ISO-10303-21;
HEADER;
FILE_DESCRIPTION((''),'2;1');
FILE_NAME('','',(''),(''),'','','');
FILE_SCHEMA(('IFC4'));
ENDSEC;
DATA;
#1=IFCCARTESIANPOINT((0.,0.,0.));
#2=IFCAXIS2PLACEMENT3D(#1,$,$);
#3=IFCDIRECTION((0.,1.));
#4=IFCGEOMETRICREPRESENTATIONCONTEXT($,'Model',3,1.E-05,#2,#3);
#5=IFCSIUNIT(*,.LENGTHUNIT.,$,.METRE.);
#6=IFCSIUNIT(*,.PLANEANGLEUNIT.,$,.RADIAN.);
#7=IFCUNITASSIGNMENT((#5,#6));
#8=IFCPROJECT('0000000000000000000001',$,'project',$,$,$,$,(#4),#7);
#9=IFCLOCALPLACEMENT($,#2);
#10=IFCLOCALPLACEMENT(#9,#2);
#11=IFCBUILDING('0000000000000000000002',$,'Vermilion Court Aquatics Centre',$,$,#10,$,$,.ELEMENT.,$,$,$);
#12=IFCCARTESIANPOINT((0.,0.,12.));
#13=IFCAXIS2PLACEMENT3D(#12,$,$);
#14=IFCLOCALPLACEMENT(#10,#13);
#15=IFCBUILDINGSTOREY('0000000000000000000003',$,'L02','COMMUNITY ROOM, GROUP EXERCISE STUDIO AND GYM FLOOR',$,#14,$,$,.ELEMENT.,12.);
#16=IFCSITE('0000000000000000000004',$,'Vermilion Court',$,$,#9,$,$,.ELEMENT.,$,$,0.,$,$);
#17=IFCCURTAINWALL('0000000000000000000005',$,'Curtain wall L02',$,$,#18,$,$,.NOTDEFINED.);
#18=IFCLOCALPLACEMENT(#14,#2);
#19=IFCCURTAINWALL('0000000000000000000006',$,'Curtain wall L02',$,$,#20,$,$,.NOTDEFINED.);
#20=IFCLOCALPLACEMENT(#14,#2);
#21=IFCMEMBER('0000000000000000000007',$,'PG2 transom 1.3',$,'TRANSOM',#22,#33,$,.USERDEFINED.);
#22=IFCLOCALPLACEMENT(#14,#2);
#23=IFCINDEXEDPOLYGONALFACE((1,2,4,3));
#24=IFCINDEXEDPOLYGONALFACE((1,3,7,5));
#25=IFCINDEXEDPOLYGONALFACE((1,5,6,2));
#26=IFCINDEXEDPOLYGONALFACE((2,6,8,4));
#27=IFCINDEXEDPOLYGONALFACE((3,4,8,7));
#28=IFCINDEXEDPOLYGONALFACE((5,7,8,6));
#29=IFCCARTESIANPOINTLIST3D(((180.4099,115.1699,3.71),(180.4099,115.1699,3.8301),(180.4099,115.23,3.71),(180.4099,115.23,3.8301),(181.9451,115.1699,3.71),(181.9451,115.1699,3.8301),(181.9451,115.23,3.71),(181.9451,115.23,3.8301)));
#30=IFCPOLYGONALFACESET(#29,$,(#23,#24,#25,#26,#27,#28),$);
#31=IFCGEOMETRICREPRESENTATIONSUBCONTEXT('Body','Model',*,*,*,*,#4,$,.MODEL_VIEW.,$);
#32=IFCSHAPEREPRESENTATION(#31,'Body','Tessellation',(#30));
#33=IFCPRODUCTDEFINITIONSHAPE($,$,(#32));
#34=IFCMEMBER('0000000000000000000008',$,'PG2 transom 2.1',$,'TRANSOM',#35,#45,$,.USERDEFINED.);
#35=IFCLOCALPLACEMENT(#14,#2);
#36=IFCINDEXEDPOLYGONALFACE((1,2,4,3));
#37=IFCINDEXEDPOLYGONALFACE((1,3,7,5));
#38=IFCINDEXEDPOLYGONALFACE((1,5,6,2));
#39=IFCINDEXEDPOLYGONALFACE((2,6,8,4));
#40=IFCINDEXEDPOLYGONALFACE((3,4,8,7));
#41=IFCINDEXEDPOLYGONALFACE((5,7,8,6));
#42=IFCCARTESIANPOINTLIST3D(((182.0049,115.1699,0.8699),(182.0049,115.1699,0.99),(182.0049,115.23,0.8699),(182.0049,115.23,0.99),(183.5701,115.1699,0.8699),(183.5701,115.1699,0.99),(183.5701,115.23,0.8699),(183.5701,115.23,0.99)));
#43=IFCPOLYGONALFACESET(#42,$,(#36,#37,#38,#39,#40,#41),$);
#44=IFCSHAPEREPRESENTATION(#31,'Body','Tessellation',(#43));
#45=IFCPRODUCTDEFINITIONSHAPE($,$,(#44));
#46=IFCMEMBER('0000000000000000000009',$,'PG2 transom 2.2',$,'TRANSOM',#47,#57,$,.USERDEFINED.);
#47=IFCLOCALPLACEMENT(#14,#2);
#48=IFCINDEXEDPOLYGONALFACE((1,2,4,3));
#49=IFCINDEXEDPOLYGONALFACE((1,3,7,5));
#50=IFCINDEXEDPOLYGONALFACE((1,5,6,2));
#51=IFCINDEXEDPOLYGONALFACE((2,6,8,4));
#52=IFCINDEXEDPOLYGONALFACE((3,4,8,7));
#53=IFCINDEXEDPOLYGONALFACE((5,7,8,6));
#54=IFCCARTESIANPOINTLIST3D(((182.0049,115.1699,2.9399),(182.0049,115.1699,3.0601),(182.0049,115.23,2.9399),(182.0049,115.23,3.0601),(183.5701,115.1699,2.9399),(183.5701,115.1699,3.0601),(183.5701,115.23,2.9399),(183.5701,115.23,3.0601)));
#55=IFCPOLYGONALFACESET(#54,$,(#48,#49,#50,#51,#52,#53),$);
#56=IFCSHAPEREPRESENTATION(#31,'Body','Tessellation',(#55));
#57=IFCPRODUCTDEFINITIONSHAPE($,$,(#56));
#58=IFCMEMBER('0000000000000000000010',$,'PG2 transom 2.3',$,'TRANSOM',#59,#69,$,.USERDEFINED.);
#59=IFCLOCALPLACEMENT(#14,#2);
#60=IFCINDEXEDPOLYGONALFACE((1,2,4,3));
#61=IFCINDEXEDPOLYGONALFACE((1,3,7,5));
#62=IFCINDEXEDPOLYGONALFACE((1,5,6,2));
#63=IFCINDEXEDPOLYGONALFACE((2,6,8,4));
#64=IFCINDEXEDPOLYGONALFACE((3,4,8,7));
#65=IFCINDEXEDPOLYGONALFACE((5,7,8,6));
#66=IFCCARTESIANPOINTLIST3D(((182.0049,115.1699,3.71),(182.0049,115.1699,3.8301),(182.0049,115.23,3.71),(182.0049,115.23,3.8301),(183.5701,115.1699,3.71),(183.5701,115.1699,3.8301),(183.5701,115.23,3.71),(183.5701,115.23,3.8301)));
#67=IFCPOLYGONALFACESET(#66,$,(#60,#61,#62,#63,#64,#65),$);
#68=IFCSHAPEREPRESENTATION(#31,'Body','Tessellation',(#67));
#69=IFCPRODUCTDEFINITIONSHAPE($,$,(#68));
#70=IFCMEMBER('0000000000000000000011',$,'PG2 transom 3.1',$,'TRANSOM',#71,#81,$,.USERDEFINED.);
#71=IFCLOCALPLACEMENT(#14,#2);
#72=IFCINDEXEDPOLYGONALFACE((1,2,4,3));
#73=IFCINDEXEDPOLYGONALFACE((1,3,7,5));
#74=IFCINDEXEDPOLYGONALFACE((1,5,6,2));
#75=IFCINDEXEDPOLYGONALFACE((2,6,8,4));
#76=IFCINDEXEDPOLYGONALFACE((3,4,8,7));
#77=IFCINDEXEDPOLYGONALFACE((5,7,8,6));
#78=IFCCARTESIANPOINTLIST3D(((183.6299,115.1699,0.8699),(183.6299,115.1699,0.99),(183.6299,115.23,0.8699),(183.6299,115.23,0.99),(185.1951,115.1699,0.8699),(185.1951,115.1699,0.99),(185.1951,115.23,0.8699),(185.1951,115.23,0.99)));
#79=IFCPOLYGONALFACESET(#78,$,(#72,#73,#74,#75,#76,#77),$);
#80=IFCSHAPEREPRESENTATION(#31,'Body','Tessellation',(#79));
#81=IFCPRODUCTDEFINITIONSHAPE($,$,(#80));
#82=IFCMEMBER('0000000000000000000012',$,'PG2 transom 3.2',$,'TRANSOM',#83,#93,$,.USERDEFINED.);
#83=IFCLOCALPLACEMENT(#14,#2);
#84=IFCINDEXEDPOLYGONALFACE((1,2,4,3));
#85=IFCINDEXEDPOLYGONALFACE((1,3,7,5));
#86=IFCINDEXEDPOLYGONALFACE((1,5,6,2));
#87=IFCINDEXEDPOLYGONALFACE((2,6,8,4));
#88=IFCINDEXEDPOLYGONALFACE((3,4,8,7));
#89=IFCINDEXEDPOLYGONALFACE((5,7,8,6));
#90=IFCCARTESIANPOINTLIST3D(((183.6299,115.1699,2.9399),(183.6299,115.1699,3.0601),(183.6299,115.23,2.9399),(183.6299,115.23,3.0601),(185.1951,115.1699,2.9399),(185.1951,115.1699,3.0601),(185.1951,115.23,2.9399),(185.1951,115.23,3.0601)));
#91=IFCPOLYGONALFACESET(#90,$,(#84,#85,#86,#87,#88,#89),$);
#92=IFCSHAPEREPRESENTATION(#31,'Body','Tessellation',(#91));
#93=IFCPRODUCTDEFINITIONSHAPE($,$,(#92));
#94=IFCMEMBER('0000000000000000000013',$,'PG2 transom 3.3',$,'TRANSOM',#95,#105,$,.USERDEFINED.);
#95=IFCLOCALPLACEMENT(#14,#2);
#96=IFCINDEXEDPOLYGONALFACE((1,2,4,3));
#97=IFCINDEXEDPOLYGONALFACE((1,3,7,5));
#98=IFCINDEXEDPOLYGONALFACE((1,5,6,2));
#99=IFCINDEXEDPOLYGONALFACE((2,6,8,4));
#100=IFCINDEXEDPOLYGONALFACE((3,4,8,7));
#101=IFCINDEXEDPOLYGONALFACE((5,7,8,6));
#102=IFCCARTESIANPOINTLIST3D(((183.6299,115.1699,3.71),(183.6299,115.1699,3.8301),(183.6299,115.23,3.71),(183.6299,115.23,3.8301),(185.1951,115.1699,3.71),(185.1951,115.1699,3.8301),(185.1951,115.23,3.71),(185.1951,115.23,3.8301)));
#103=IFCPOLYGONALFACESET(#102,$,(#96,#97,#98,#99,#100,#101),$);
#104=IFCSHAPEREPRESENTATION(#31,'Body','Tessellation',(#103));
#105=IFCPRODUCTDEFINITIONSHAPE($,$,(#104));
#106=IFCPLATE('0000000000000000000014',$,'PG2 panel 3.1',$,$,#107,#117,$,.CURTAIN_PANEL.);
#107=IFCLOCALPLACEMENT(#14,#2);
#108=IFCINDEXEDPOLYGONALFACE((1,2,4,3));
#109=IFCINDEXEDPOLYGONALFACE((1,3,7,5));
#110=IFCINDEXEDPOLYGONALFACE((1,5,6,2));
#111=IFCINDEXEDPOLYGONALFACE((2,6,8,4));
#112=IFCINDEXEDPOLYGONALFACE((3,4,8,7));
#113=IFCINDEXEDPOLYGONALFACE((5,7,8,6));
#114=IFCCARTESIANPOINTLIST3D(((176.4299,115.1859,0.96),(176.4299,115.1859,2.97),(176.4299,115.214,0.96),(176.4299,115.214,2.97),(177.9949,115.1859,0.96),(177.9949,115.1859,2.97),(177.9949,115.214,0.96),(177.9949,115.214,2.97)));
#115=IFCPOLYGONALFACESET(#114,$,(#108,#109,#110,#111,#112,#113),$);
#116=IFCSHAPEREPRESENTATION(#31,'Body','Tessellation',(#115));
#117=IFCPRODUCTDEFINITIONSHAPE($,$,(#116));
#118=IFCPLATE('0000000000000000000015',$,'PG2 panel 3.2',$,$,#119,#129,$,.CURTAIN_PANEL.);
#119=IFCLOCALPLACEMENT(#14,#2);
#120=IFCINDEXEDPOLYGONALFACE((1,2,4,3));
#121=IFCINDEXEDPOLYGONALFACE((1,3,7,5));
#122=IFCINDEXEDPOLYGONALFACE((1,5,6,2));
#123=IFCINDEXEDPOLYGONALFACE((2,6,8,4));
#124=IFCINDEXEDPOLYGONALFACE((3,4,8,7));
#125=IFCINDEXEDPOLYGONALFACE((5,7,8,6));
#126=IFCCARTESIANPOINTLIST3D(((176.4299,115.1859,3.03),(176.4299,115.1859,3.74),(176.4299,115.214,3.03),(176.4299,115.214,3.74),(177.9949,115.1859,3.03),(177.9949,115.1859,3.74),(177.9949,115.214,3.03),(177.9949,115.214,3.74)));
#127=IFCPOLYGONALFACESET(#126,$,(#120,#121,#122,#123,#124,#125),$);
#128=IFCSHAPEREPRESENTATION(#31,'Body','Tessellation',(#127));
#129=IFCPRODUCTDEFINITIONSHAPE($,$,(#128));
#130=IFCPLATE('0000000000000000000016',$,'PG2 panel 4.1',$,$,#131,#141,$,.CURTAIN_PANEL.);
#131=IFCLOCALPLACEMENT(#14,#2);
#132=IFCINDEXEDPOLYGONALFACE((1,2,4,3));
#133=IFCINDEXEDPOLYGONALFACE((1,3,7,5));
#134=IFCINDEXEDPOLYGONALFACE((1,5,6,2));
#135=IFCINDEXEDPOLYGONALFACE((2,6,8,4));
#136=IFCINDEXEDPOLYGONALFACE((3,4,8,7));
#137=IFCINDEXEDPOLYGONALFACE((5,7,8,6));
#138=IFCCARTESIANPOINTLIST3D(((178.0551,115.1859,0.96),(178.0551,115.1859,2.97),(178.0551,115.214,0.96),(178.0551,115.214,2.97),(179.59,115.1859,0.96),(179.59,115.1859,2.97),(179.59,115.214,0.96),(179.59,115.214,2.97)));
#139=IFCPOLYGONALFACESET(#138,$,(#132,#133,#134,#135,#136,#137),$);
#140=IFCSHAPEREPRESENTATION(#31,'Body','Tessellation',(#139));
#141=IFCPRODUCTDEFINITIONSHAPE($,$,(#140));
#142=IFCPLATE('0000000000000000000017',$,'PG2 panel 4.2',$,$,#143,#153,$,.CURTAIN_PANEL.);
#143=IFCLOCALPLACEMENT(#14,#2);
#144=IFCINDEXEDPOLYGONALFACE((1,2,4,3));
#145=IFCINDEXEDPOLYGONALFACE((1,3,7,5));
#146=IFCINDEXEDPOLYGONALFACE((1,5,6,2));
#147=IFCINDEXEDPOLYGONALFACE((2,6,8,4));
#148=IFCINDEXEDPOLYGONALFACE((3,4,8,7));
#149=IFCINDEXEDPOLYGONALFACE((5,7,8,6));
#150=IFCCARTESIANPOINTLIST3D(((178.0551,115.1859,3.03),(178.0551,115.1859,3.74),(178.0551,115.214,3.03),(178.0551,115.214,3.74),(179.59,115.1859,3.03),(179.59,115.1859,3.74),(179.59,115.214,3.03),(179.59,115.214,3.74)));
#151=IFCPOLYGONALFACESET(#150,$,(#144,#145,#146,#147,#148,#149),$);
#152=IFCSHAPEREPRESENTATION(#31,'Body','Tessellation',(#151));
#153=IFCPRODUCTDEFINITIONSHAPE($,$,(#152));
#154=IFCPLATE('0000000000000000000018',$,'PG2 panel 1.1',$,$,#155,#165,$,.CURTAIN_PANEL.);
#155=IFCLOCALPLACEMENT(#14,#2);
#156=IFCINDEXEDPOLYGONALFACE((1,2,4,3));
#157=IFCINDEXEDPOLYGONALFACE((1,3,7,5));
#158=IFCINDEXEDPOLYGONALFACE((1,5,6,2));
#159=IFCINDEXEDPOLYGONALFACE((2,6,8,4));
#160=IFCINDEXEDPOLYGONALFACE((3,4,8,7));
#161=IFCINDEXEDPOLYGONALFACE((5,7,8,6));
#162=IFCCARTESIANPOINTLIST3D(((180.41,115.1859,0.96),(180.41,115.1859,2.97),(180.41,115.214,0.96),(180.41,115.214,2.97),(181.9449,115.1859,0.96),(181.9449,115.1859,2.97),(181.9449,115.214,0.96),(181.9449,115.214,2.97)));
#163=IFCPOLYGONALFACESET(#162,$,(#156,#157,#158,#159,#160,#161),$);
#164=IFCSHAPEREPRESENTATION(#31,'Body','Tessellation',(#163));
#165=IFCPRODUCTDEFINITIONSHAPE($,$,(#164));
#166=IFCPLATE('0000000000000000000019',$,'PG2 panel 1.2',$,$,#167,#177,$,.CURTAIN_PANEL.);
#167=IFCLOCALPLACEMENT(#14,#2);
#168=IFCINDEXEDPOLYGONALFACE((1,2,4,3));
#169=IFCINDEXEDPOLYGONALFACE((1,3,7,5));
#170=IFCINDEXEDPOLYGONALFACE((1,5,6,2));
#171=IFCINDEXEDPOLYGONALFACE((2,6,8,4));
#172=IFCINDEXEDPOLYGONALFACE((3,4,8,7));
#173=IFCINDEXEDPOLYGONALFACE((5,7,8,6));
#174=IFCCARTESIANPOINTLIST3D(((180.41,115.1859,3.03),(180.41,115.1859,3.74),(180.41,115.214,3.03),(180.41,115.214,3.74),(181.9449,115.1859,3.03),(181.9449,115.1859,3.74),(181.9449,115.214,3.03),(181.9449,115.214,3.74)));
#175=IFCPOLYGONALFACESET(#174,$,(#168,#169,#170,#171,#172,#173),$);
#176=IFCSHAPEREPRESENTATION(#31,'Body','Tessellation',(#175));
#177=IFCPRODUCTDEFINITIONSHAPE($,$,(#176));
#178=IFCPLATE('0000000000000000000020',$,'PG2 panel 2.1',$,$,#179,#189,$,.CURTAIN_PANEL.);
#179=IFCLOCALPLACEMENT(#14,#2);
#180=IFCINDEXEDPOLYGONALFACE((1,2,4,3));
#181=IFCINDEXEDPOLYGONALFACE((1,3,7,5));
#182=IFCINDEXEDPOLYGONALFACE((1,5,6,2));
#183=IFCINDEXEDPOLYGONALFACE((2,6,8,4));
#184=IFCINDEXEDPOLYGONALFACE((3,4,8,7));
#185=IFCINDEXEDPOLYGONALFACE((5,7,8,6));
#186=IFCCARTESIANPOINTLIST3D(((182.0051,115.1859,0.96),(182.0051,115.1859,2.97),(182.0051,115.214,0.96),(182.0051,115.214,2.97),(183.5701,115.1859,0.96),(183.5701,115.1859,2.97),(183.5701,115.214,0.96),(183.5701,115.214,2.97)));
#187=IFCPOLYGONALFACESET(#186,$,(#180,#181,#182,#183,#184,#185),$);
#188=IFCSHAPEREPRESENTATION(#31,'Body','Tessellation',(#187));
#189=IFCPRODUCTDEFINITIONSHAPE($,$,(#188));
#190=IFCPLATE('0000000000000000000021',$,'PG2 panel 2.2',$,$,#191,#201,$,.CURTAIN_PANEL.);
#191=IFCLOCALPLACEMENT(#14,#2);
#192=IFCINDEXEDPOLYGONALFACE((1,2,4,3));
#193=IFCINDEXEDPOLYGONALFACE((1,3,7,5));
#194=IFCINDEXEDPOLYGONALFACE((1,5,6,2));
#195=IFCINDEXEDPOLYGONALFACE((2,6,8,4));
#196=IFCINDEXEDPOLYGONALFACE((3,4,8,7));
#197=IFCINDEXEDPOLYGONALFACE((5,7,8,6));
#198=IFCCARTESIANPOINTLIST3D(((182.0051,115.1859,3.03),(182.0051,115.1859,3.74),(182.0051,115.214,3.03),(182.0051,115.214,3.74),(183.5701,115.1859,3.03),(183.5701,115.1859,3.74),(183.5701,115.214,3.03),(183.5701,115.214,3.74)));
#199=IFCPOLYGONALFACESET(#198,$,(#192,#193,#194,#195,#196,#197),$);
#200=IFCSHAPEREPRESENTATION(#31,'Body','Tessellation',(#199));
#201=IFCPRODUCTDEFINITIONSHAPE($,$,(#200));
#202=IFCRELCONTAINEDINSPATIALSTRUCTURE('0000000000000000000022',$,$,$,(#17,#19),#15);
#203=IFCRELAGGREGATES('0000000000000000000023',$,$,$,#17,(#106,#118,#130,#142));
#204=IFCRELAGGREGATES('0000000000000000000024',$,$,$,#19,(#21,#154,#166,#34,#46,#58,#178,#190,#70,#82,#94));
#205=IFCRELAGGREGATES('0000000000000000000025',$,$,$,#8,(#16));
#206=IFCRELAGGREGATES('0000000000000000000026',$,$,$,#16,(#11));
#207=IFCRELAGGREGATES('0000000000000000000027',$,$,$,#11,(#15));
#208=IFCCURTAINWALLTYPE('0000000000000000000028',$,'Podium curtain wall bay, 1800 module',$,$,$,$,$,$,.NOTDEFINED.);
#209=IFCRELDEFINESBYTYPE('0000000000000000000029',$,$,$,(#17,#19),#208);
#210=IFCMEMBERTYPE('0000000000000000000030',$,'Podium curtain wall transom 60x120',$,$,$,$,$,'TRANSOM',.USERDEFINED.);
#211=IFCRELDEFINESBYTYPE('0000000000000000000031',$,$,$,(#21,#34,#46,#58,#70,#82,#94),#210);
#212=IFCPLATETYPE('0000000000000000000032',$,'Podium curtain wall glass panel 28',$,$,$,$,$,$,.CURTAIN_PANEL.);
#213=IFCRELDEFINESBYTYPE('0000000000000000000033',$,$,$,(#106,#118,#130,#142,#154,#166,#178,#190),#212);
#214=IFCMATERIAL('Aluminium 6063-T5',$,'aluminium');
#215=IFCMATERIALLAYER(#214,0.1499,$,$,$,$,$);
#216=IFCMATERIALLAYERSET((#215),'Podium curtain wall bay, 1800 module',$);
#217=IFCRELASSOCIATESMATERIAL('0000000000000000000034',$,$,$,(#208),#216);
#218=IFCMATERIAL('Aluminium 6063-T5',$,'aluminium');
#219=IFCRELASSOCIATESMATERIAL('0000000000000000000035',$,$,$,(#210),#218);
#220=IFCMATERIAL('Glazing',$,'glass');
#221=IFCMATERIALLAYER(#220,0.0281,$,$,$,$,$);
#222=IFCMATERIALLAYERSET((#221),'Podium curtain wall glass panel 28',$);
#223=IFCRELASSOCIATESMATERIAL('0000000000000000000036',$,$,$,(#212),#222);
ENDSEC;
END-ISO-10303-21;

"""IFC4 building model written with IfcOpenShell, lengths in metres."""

from ifc_helpers import new_model, si_unit, direction, frame, origin, origin_2d, place, context, subcontext, project, spatial, rectangle, extrude, material, layer, layer_set, material_profile, profile_set, type_object, element, aggregate, save


model = new_model("IFC4")

# Units and contexts
model_context = context("Model", 3, precision=1e-05, world=origin(), true_north=direction((0.0, 1.0)))
body_context = subcontext(model_context, "Body", "Model", "MODEL_VIEW")
ifc_project = project(units=[si_unit("LENGTHUNIT", "METRE"), si_unit("PLANEANGLEUNIT", "RADIAN")], contexts=[model_context])

# Site, building, storey
site_placement = place(None, origin())
site = spatial("IfcSite", under=ifc_project, at=site_placement, Name="Vermilion Court", CompositionType="ELEMENT", RefElevation=0.0)
building_placement = place(site_placement, origin())
building = spatial("IfcBuilding", under=site, at=building_placement, Name="Vermilion Court Aquatics Centre", CompositionType="ELEMENT")
storey_placement = place(building_placement, frame((0.0, 0.0, 12.0)))
storey = spatial("IfcBuildingStorey", under=building, at=storey_placement, Name="L02", Description="COMMUNITY ROOM, GROUP EXERCISE STUDIO AND GYM FLOOR", CompositionType="ELEMENT", Elevation=12.0)

# Curtain walls
ifc_material_1 = material(Name="Aluminium 6063-T5", Category="aluminium")
ifc_layer_1 = layer(ifc_material_1, 0.1499)
ifc_layer_set_1 = layer_set([ifc_layer_1], Name="Podium curtain wall bay, 1800 module")
curtain_wall_type = type_object("IfcCurtainWallType", Name="Podium curtain wall bay, 1800 module", PredefinedType="NOTDEFINED", material=ifc_layer_set_1)
curtain_wall_1_placement = place(storey_placement, origin())
curtain_wall_1 = element("IfcCurtainWall", 1, at=curtain_wall_1_placement, inside=storey, type_object=curtain_wall_type, Name="Curtain wall L02", PredefinedType="NOTDEFINED")
curtain_wall_2_placement = place(storey_placement, origin())
curtain_wall_2 = element("IfcCurtainWall", 2, at=curtain_wall_2_placement, inside=storey, type_object=curtain_wall_type, Name="Curtain wall L02", PredefinedType="NOTDEFINED")

# Members
ifc_material_2 = material(Name="Aluminium 6063-T5", Category="aluminium")
ifc_material_profile_1 = material_profile(ifc_material_2, rectangle(XDim=0.0601, YDim=0.1201, at=origin_2d()), Name="Transom 60x120")
ifc_profile_set_1 = profile_set([ifc_material_profile_1], Name="Aluminium 6063-T5")
member_type_1 = type_object("IfcMemberType", Name="Podium curtain wall transom 60x120", ElementType="TRANSOM", PredefinedType="USERDEFINED", material=ifc_profile_set_1)
member_1_placement = place(storey_placement, frame((180.4099, 115.2, 3.77), z_axis=(1.0, 0.0, 0.0), x_axis=(0.0, 1.0, 0.0)))
member_1 = element("IfcMember", 3, at=member_1_placement, type_object=member_type_1, Name="PG2 transom 1.3", ObjectType="TRANSOM", PredefinedType="USERDEFINED", context=body_context, shape_type="SweptSolid", body=[
    extrude(rectangle(XDim=0.0601, YDim=0.1201, at=origin_2d()), origin(), (0.0, 0.0, 1.0), 1.5352),
])
member_2_placement = place(storey_placement, frame((182.0049, 115.2, 0.9299), z_axis=(1.0, 0.0, 0.0), x_axis=(0.0, 1.0, 0.0)))
member_2 = element("IfcMember", 4, at=member_2_placement, type_object=member_type_1, Name="PG2 transom 2.1", ObjectType="TRANSOM", PredefinedType="USERDEFINED", context=body_context, shape_type="SweptSolid", body=[
    extrude(rectangle(XDim=0.0601, YDim=0.1201, at=origin_2d()), origin(), (0.0, 0.0, 1.0), 1.5652),
])
member_3_placement = place(storey_placement, frame((182.0049, 115.2, 3.0), z_axis=(1.0, 0.0, 0.0), x_axis=(0.0, 1.0, 0.0)))
member_3 = element("IfcMember", 5, at=member_3_placement, type_object=member_type_1, Name="PG2 transom 2.2", ObjectType="TRANSOM", PredefinedType="USERDEFINED", context=body_context, shape_type="SweptSolid", body=[
    extrude(rectangle(XDim=0.0601, YDim=0.1201, at=origin_2d()), origin(), (0.0, 0.0, 1.0), 1.5652),
])
member_4_placement = place(storey_placement, frame((182.0049, 115.2, 3.77), z_axis=(1.0, 0.0, 0.0), x_axis=(0.0, 1.0, 0.0)))
member_4 = element("IfcMember", 6, at=member_4_placement, type_object=member_type_1, Name="PG2 transom 2.3", ObjectType="TRANSOM", PredefinedType="USERDEFINED", context=body_context, shape_type="SweptSolid", body=[
    extrude(rectangle(XDim=0.0601, YDim=0.1201, at=origin_2d()), origin(), (0.0, 0.0, 1.0), 1.5652),
])
member_5_placement = place(storey_placement, frame((183.6299, 115.2, 0.9299), z_axis=(1.0, 0.0, 0.0), x_axis=(0.0, 1.0, 0.0)))
member_5 = element("IfcMember", 7, at=member_5_placement, type_object=member_type_1, Name="PG2 transom 3.1", ObjectType="TRANSOM", PredefinedType="USERDEFINED", context=body_context, shape_type="SweptSolid", body=[
    extrude(rectangle(XDim=0.0601, YDim=0.1201, at=origin_2d()), origin(), (0.0, 0.0, 1.0), 1.5652),
])
member_6_placement = place(storey_placement, frame((183.6299, 115.2, 3.0), z_axis=(1.0, 0.0, 0.0), x_axis=(0.0, 1.0, 0.0)))
member_6 = element("IfcMember", 8, at=member_6_placement, type_object=member_type_1, Name="PG2 transom 3.2", ObjectType="TRANSOM", PredefinedType="USERDEFINED", context=body_context, shape_type="SweptSolid", body=[
    extrude(rectangle(XDim=0.0601, YDim=0.1201, at=origin_2d()), origin(), (0.0, 0.0, 1.0), 1.5652),
])
member_7_placement = place(storey_placement, frame((183.6299, 115.2, 3.77), z_axis=(1.0, 0.0, 0.0), x_axis=(0.0, 1.0, 0.0)))
member_7 = element("IfcMember", 9, at=member_7_placement, type_object=member_type_1, Name="PG2 transom 3.3", ObjectType="TRANSOM", PredefinedType="USERDEFINED", context=body_context, shape_type="SweptSolid", body=[
    extrude(rectangle(XDim=0.0601, YDim=0.1201, at=origin_2d()), origin(), (0.0, 0.0, 1.0), 1.5652),
])

# Plates
ifc_material_3 = material(Name="Glazing", Category="glass")
ifc_layer_2 = layer(ifc_material_3, 0.0281)
ifc_layer_set_2 = layer_set([ifc_layer_2], Name="Podium curtain wall glass panel 28")
plate_type = type_object("IfcPlateType", Name="Podium curtain wall glass panel 28", PredefinedType="CURTAIN_PANEL", material=ifc_layer_set_2)
plate_1_placement = place(storey_placement, frame((177.2124, 115.2, 0.96), z_axis=(0.0, 0.0, 1.0), x_axis=(1.0, 0.0, 0.0)))
plate_1 = element("IfcPlate", 10, at=plate_1_placement, type_object=plate_type, Name="PG2 panel 3.1", PredefinedType="CURTAIN_PANEL", context=body_context, shape_type="SweptSolid", body=[
    extrude(rectangle(XDim=1.5649, YDim=0.0281, at=origin_2d()), origin(), (0.0, 0.0, 1.0), 2.01),
])
plate_2_placement = place(storey_placement, frame((177.2124, 115.2, 3.03), z_axis=(0.0, 0.0, 1.0), x_axis=(1.0, 0.0, 0.0)))
plate_2 = element("IfcPlate", 11, at=plate_2_placement, type_object=plate_type, Name="PG2 panel 3.2", PredefinedType="CURTAIN_PANEL", context=body_context, shape_type="SweptSolid", body=[
    extrude(rectangle(XDim=1.5649, YDim=0.0281, at=origin_2d()), origin(), (0.0, 0.0, 1.0), 0.71),
])
plate_3_placement = place(storey_placement, frame((178.8225, 115.2, 0.96), z_axis=(0.0, 0.0, 1.0), x_axis=(1.0, 0.0, 0.0)))
plate_3 = element("IfcPlate", 12, at=plate_3_placement, type_object=plate_type, Name="PG2 panel 4.1", PredefinedType="CURTAIN_PANEL", context=body_context, shape_type="SweptSolid", body=[
    extrude(rectangle(XDim=1.5349, YDim=0.0281, at=origin_2d()), origin(), (0.0, 0.0, 1.0), 2.01),
])
plate_4_placement = place(storey_placement, frame((178.8225, 115.2, 3.03), z_axis=(0.0, 0.0, 1.0), x_axis=(1.0, 0.0, 0.0)))
plate_4 = element("IfcPlate", 13, at=plate_4_placement, type_object=plate_type, Name="PG2 panel 4.2", PredefinedType="CURTAIN_PANEL", context=body_context, shape_type="SweptSolid", body=[
    extrude(rectangle(XDim=1.5349, YDim=0.0281, at=origin_2d()), origin(), (0.0, 0.0, 1.0), 0.71),
])
aggregate(curtain_wall_1, [plate_1, plate_2, plate_3, plate_4])
plate_5_placement = place(storey_placement, frame((181.1775, 115.2, 0.96), z_axis=(0.0, 0.0, 1.0), x_axis=(1.0, 0.0, 0.0)))
plate_5 = element("IfcPlate", 14, at=plate_5_placement, type_object=plate_type, Name="PG2 panel 1.1", PredefinedType="CURTAIN_PANEL", context=body_context, shape_type="SweptSolid", body=[
    extrude(rectangle(XDim=1.5349, YDim=0.0281, at=origin_2d()), origin(), (0.0, 0.0, 1.0), 2.01),
])
plate_6_placement = place(storey_placement, frame((181.1775, 115.2, 3.03), z_axis=(0.0, 0.0, 1.0), x_axis=(1.0, 0.0, 0.0)))
plate_6 = element("IfcPlate", 15, at=plate_6_placement, type_object=plate_type, Name="PG2 panel 1.2", PredefinedType="CURTAIN_PANEL", context=body_context, shape_type="SweptSolid", body=[
    extrude(rectangle(XDim=1.5349, YDim=0.0281, at=origin_2d()), origin(), (0.0, 0.0, 1.0), 0.71),
])
plate_7_placement = place(storey_placement, frame((182.7876, 115.2, 0.96), z_axis=(0.0, 0.0, 1.0), x_axis=(1.0, 0.0, 0.0)))
plate_7 = element("IfcPlate", 16, at=plate_7_placement, type_object=plate_type, Name="PG2 panel 2.1", PredefinedType="CURTAIN_PANEL", context=body_context, shape_type="SweptSolid", body=[
    extrude(rectangle(XDim=1.5649, YDim=0.0281, at=origin_2d()), origin(), (0.0, 0.0, 1.0), 2.01),
])
plate_8_placement = place(storey_placement, frame((182.7876, 115.2, 3.03), z_axis=(0.0, 0.0, 1.0), x_axis=(1.0, 0.0, 0.0)))
plate_8 = element("IfcPlate", 17, at=plate_8_placement, type_object=plate_type, Name="PG2 panel 2.2", PredefinedType="CURTAIN_PANEL", context=body_context, shape_type="SweptSolid", body=[
    extrude(rectangle(XDim=1.5649, YDim=0.0281, at=origin_2d()), origin(), (0.0, 0.0, 1.0), 0.71),
])
aggregate(curtain_wall_2, [member_1, plate_5, plate_6, member_2, member_3, member_4, plate_7, plate_8, member_5, member_6, member_7])

save(model, "model.ifc")
